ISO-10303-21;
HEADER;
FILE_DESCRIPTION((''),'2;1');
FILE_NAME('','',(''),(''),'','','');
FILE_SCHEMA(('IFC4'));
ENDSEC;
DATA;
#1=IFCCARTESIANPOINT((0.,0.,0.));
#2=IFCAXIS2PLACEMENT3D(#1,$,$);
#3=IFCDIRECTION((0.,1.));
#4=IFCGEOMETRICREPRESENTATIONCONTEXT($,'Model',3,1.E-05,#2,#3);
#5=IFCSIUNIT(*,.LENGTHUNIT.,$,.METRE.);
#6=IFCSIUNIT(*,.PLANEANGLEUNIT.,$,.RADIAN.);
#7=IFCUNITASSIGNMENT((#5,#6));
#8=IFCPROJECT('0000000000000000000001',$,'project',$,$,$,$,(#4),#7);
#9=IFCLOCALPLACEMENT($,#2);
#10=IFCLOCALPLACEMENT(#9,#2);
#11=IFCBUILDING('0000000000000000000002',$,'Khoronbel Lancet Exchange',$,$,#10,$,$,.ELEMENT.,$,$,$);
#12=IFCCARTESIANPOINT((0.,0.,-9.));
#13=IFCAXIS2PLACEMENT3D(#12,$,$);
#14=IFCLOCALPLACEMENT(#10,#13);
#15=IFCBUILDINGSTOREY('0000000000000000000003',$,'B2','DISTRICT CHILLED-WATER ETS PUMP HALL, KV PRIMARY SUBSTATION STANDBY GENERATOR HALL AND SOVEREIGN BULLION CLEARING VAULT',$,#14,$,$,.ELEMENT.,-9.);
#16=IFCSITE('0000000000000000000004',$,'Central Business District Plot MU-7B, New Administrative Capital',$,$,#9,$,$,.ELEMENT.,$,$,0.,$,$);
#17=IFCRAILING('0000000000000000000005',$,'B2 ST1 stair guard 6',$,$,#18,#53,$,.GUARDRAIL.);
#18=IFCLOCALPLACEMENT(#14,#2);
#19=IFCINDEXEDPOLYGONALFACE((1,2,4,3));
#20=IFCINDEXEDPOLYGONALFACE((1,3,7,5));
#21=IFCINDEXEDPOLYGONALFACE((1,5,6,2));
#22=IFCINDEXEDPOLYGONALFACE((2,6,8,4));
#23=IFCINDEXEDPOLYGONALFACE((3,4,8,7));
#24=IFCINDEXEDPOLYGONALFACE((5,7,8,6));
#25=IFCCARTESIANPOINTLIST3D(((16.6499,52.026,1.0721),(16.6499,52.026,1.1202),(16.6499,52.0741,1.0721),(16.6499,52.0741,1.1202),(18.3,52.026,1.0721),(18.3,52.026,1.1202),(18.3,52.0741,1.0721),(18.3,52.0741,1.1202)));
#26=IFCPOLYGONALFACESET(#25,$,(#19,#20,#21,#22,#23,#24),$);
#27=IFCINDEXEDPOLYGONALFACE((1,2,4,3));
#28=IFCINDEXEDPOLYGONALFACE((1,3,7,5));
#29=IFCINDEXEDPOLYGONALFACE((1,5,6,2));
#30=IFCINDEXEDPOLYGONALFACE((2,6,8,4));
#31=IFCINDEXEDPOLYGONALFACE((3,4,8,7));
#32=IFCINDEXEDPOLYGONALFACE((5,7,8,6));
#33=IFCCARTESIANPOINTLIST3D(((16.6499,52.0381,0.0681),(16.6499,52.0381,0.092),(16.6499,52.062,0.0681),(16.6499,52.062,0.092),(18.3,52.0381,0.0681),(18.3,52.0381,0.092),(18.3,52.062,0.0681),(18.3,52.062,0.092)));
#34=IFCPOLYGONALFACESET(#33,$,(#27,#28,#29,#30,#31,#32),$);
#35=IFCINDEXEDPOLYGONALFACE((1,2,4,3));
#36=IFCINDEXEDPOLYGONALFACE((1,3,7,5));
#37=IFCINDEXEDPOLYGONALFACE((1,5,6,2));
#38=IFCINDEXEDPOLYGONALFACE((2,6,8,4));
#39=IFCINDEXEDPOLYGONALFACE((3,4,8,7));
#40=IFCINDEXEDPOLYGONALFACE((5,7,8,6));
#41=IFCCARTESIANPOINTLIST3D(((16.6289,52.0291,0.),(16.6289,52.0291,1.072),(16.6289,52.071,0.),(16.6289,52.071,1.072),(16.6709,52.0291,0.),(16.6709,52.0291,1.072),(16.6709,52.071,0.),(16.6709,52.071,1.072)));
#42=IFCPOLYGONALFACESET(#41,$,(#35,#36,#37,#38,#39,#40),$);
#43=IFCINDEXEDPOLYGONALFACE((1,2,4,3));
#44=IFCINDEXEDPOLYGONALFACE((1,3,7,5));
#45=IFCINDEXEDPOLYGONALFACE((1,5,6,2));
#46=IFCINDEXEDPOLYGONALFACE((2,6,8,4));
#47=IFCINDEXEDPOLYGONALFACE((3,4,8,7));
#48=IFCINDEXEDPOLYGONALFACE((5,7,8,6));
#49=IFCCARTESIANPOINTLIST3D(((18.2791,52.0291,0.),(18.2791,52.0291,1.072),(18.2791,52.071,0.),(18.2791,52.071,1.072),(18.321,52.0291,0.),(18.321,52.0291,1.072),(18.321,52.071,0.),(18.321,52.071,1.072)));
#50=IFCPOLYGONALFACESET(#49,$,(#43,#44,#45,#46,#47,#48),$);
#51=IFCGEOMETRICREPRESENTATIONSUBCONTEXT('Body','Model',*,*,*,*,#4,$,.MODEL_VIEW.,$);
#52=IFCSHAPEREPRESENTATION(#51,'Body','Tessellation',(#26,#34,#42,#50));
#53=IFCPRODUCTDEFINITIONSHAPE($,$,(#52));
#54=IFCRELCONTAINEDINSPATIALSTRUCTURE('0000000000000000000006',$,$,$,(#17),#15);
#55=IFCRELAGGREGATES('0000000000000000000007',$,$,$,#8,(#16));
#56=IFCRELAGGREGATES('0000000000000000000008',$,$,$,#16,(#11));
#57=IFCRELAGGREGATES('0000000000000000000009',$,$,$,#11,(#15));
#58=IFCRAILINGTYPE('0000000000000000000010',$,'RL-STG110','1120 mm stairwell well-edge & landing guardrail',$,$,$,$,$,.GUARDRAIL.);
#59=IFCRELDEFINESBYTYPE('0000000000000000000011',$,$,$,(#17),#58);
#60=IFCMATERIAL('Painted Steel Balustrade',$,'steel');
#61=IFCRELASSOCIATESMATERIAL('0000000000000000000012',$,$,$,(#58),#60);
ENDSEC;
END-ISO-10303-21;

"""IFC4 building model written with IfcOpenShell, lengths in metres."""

from ifc_helpers import new_model, si_unit, direction, frame, origin, origin_2d, place, context, subcontext, project, spatial, rectangle, extrude, material, type_object, element, save


model = new_model("IFC4")

# Units and contexts
model_context = context("Model", 3, precision=1e-05, world=origin(), true_north=direction((0.0, 1.0)))
body_context = subcontext(model_context, "Body", "Model", "MODEL_VIEW")
ifc_project = project(units=[si_unit("LENGTHUNIT", "METRE"), si_unit("PLANEANGLEUNIT", "RADIAN")], contexts=[model_context])

# Site, building, storey
site_placement = place(None, origin())
site = spatial("IfcSite", under=ifc_project, at=site_placement, Name="Central Business District Plot MU-7B, New Administrative Capital", CompositionType="ELEMENT", RefElevation=0.0)
building_placement = place(site_placement, origin())
building = spatial("IfcBuilding", under=site, at=building_placement, Name="Khoronbel Lancet Exchange", CompositionType="ELEMENT")
storey_placement = place(building_placement, frame((0.0, 0.0, -9.0)))
storey = spatial("IfcBuildingStorey", under=building, at=storey_placement, Name="B2", Description="DISTRICT CHILLED-WATER ETS PUMP HALL, KV PRIMARY SUBSTATION STANDBY GENERATOR HALL AND SOVEREIGN BULLION CLEARING VAULT", CompositionType="ELEMENT", Elevation=-9.0)

# Railing
ifc_material_1 = material(Name="Painted Steel Balustrade", Category="steel")
railing_type = type_object("IfcRailingType", Name="RL-STG110", Description="1120 mm stairwell well-edge & landing guardrail", PredefinedType="GUARDRAIL", material=ifc_material_1)
railing_placement = place(storey_placement, frame((16.6499, 52.05, 0.0)))
element("IfcRailing", 1, at=railing_placement, inside=storey, type_object=railing_type, Name="B2 ST1 stair guard 6", PredefinedType="GUARDRAIL", context=body_context, shape_type="SweptSolid", body=[
    extrude(rectangle(XDim=0.0481, YDim=0.0481, at=origin_2d()), frame((0.0, 0.0, 1.0962), z_axis=(1.0, 0.0, 0.0), x_axis=(0.0, 1.0, 0.0)), (0.0, 0.0, 1.0), 1.6501),
    extrude(rectangle(XDim=0.0239, YDim=0.0239, at=origin_2d()), frame((0.0, 0.0, 0.0801), z_axis=(1.0, 0.0, 0.0), x_axis=(0.0, 1.0, 0.0)), (0.0, 0.0, 1.0), 1.6501),
    extrude(rectangle(XDim=0.042, YDim=0.042, at=origin_2d()), origin(), (0.0, 0.0, 1.0), 1.072),
    extrude(rectangle(XDim=0.042, YDim=0.042, at=origin_2d()), frame((1.6501, 0.0, 0.0)), (0.0, 0.0, 1.0), 1.072),
])

save(model, "model.ifc")
